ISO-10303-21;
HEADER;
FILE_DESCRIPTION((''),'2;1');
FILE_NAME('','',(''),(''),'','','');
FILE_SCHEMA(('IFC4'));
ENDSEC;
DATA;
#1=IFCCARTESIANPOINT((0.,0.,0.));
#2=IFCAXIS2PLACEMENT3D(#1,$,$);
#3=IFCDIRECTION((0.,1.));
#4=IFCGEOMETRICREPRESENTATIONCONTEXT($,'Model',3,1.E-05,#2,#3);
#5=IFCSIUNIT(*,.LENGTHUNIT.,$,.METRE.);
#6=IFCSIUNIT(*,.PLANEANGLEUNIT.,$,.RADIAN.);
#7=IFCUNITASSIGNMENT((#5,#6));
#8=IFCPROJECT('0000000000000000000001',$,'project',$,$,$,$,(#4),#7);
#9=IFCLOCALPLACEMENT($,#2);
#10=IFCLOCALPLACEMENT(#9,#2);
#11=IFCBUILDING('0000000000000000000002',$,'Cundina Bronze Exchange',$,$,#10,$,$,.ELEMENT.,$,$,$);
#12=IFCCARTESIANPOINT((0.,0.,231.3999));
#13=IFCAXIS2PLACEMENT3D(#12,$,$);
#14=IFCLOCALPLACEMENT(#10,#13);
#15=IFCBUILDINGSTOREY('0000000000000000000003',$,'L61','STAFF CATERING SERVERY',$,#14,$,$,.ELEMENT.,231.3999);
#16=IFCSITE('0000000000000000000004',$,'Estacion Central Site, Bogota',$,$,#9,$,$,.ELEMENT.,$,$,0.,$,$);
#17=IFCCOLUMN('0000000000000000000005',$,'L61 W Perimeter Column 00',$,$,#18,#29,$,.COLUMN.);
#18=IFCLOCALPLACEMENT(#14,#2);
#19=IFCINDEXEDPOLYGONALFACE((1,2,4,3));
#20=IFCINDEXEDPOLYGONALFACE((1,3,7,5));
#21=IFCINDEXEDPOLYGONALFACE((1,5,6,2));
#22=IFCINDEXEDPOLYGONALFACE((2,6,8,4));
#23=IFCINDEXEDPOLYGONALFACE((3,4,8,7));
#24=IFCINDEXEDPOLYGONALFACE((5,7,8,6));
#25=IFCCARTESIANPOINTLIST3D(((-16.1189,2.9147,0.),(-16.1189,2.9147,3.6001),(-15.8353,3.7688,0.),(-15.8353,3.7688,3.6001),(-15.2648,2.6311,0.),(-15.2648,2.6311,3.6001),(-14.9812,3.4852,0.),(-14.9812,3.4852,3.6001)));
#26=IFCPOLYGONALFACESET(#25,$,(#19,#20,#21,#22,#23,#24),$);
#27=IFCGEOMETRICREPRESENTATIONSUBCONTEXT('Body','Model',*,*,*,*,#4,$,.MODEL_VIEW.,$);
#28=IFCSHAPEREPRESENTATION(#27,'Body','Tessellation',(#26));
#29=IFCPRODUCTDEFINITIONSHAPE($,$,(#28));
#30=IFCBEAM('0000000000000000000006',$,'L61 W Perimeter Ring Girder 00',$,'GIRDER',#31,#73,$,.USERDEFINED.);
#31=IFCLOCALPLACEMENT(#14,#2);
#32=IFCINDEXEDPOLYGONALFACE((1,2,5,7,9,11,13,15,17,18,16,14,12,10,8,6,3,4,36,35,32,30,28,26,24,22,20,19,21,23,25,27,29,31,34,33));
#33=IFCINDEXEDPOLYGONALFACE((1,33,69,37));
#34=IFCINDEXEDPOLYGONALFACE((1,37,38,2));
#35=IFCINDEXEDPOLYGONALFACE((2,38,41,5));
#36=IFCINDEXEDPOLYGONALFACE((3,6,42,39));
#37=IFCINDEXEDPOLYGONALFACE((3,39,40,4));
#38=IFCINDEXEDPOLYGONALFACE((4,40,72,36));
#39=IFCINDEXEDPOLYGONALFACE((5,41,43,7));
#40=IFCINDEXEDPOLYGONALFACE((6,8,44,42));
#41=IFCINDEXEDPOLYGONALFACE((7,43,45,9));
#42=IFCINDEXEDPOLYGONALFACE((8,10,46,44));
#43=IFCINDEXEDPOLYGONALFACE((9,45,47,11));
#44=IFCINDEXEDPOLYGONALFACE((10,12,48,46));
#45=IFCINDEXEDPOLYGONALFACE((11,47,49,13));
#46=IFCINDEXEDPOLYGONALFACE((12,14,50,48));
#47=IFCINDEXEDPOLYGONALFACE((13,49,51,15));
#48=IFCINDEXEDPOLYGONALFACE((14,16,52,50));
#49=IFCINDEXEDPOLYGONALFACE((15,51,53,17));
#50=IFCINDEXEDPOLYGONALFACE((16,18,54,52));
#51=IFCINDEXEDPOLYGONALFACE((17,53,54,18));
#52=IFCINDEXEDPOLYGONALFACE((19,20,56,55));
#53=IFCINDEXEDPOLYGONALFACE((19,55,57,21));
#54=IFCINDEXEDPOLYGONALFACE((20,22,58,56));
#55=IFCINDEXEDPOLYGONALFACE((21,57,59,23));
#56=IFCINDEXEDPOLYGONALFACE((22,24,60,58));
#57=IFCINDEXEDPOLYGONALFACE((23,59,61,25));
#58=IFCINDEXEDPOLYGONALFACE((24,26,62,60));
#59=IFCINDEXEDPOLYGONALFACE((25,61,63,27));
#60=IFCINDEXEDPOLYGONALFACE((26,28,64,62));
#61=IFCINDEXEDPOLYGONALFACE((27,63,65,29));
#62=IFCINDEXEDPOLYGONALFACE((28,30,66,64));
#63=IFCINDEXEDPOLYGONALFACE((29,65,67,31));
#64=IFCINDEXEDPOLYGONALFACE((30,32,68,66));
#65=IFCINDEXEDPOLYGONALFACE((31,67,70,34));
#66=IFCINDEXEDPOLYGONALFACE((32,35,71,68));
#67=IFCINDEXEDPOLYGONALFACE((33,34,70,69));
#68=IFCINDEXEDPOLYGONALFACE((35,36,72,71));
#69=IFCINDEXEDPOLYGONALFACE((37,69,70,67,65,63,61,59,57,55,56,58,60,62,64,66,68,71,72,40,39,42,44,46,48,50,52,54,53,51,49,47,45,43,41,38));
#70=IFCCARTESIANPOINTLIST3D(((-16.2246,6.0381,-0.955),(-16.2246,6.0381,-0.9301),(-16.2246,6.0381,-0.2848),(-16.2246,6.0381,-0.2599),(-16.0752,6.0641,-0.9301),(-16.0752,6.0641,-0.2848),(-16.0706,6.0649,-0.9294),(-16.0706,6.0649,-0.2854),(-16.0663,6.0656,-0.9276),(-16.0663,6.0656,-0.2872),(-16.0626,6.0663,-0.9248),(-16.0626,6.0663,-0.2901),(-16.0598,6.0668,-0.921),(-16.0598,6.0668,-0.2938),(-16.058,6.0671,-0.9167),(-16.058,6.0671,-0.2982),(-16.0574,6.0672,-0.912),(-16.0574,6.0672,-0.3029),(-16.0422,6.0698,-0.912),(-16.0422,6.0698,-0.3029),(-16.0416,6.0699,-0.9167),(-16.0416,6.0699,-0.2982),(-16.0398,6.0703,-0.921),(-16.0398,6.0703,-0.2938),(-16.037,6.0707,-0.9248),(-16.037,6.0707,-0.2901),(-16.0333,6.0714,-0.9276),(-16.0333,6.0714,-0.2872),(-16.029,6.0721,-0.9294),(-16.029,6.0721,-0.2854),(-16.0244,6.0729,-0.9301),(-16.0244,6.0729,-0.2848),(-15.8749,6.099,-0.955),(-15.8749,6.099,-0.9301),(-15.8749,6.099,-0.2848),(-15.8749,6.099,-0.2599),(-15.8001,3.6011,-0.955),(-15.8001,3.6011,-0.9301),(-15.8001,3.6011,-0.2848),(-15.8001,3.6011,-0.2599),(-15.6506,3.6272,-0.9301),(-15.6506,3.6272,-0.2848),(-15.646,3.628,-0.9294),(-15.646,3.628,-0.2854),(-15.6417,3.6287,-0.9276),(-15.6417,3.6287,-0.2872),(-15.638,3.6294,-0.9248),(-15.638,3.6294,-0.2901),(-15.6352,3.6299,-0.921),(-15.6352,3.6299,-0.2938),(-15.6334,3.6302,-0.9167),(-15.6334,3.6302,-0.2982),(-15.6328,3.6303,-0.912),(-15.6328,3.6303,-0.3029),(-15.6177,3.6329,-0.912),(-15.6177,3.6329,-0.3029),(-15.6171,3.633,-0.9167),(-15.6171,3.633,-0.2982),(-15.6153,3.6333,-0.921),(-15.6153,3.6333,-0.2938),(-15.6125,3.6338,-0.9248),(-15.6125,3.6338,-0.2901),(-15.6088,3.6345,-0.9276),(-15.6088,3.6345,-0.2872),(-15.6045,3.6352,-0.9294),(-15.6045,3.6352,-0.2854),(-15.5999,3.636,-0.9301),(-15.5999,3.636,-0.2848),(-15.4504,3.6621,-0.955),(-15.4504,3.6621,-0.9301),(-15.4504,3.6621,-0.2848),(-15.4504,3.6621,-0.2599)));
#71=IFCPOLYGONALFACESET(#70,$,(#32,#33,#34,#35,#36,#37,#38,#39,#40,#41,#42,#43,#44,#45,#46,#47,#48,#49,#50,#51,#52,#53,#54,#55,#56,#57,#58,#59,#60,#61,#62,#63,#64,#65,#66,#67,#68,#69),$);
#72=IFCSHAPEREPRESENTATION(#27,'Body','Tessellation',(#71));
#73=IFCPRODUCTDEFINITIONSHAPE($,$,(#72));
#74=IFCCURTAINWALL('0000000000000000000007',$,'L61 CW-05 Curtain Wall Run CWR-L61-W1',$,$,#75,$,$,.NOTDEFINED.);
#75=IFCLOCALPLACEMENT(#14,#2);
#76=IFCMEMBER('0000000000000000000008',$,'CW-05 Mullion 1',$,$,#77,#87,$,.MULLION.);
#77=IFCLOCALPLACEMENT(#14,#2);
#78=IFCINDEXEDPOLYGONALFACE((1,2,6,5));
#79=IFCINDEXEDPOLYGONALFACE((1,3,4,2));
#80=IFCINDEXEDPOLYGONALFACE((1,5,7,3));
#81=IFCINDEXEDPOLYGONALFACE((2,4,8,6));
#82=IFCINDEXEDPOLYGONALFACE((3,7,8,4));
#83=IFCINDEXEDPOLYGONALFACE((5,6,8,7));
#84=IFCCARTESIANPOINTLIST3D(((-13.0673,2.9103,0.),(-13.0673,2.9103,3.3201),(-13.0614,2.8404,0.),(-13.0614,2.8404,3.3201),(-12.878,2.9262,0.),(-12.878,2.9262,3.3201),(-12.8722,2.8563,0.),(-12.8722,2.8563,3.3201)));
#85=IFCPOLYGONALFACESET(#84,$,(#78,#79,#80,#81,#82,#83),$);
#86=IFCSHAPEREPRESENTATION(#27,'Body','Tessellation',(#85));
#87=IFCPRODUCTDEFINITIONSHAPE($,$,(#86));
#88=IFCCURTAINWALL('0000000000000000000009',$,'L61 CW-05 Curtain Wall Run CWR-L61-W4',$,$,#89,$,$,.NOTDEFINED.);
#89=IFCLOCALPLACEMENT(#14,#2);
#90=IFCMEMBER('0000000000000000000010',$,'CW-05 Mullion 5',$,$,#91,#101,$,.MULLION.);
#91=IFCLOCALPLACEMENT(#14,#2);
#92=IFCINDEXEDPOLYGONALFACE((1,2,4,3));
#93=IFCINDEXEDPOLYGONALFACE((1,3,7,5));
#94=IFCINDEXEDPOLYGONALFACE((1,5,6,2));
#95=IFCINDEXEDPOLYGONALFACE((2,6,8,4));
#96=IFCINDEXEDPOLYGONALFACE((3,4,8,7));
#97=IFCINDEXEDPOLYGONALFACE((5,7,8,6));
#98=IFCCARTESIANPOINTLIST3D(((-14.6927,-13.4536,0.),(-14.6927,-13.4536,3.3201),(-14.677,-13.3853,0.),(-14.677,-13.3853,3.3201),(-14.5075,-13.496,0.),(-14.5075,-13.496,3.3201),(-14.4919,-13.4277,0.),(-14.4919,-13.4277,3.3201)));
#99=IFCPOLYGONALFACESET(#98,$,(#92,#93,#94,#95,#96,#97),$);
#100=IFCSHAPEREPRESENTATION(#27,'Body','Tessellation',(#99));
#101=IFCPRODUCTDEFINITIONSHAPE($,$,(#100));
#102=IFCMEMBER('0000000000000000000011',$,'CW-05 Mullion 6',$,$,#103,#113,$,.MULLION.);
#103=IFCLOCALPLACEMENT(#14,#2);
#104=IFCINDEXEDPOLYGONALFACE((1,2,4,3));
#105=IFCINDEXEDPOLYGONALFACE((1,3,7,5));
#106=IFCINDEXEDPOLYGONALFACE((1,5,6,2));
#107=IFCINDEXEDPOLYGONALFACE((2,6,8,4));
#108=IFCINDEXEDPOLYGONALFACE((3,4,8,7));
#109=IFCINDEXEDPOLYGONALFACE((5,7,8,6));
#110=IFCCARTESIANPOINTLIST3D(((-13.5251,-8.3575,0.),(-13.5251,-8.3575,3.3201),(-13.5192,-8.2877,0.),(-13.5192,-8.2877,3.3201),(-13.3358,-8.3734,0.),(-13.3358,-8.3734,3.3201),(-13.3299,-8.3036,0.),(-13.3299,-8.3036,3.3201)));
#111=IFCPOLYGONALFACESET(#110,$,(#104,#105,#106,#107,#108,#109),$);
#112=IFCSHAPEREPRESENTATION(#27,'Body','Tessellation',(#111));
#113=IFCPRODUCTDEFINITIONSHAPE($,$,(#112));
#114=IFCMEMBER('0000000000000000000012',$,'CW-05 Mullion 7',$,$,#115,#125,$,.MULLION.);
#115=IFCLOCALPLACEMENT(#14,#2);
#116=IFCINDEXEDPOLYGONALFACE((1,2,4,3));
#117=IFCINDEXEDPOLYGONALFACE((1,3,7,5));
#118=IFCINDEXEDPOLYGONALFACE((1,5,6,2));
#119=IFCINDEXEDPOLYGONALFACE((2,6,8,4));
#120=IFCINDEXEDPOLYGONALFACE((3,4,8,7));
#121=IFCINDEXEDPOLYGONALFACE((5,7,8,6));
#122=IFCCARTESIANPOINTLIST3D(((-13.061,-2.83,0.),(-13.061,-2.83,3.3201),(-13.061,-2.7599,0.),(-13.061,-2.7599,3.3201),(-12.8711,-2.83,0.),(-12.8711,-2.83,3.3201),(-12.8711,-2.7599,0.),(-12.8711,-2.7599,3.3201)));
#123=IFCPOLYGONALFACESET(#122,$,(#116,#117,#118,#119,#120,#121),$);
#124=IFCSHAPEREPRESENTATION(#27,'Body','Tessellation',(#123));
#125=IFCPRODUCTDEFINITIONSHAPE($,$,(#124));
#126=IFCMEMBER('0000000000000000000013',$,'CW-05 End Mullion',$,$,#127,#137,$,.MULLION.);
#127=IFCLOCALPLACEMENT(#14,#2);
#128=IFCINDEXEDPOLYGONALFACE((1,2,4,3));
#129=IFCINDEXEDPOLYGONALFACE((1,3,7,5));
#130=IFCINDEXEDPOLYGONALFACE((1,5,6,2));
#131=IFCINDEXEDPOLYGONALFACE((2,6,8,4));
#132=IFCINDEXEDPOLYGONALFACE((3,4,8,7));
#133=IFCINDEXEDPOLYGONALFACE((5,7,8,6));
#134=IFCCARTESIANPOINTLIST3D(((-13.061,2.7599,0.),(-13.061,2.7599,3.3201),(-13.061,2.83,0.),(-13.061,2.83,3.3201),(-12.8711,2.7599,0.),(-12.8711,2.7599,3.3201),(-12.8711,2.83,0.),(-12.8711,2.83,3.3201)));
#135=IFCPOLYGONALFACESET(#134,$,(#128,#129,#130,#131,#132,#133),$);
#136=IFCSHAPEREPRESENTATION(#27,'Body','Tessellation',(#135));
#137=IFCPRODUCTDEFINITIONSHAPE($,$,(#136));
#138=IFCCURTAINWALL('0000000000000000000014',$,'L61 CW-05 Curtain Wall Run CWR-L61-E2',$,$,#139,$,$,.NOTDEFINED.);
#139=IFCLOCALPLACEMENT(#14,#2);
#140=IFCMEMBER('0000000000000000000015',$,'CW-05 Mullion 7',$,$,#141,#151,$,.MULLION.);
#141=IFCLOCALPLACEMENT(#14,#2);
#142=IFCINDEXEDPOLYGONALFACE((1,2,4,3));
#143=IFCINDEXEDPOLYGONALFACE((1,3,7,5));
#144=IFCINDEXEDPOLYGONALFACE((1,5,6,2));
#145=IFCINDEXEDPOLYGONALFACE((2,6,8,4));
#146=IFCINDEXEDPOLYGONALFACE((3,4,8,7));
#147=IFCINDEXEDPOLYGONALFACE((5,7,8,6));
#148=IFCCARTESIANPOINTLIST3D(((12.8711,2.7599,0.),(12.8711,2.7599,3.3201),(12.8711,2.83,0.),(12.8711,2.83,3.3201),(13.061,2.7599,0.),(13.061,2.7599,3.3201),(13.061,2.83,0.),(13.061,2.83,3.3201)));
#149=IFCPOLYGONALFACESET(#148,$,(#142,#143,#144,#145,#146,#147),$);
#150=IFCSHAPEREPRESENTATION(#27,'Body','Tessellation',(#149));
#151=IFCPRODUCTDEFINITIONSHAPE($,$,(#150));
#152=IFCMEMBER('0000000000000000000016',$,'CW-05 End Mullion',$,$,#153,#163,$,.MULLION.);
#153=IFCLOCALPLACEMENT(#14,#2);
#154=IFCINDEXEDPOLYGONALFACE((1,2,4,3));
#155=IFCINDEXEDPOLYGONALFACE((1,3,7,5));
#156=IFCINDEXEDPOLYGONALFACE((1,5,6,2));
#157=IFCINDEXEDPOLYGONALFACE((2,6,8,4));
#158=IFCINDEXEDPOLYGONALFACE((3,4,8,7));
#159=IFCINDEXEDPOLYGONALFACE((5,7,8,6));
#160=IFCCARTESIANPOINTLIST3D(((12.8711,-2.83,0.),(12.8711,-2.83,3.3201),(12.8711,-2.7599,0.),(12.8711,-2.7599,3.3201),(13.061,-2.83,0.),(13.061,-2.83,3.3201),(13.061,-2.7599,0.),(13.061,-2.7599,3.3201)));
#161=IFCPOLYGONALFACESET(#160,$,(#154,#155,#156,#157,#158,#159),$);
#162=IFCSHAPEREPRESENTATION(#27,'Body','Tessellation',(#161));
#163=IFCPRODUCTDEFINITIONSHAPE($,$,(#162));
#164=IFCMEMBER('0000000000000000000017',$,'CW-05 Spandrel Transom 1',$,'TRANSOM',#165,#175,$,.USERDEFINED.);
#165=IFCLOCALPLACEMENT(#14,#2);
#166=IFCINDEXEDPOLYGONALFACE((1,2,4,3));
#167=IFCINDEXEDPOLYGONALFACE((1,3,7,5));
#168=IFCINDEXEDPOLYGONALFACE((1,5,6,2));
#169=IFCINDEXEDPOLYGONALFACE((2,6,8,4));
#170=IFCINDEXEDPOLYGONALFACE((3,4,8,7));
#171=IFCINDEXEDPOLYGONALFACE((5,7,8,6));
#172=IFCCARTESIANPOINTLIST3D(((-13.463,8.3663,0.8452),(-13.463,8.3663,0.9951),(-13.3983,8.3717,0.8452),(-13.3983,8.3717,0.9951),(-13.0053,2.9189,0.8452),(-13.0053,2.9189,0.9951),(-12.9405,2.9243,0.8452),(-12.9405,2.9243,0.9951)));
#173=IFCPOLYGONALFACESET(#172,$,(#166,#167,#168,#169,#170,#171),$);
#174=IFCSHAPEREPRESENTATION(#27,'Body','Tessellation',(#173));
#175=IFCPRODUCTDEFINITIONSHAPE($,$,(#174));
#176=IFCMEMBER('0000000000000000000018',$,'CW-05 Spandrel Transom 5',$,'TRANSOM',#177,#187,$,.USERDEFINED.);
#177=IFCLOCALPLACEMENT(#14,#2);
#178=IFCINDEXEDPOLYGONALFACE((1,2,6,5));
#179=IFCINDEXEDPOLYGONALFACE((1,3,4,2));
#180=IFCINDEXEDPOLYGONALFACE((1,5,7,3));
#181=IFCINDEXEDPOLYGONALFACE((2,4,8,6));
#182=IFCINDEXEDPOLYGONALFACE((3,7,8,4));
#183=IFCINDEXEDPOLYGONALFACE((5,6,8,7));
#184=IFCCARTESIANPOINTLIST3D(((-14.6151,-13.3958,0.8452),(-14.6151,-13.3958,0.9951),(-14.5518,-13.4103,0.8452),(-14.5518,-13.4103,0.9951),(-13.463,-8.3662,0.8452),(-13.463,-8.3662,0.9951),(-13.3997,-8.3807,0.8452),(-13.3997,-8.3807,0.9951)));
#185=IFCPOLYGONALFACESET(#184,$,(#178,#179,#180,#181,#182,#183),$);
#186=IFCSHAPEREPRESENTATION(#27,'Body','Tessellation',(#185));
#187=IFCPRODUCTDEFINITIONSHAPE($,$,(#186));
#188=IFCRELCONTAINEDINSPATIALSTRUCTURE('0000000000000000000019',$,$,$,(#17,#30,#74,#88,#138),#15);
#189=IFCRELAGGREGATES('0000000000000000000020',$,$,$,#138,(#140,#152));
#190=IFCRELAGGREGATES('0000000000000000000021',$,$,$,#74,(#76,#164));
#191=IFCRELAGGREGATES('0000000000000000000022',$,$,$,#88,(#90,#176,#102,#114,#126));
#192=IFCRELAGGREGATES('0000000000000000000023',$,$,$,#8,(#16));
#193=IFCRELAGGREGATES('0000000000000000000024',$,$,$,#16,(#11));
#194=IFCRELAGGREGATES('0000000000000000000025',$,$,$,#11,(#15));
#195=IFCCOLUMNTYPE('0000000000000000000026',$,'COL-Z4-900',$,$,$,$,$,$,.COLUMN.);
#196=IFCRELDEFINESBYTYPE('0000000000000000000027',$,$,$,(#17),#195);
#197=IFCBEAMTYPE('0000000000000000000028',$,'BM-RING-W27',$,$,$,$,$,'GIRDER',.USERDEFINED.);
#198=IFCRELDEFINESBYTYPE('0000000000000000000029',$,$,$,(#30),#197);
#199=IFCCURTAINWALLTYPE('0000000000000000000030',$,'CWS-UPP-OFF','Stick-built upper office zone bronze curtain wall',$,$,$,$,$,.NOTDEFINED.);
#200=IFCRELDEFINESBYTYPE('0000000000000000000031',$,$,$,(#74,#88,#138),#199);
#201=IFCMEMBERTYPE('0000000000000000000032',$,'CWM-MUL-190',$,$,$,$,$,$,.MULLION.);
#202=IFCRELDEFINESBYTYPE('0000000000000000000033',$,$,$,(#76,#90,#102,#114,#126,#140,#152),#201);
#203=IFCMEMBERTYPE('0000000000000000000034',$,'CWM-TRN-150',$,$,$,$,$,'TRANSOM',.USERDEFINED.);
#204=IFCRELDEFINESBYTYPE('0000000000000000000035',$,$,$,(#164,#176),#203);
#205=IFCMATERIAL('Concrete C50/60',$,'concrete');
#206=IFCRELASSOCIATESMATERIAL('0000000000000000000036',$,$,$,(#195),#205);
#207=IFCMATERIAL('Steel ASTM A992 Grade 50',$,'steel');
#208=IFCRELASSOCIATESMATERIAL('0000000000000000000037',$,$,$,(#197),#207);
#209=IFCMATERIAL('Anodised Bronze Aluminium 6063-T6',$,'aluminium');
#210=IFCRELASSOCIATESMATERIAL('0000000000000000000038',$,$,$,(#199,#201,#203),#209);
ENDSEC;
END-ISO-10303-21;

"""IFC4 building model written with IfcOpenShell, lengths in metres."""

from ifc_helpers import new_model, si_unit, direction, frame, origin, origin_2d, place, context, subcontext, project, spatial, rectangle, i_section, extrude, material, material_profile, profile_set, type_object, element, aggregate, save


model = new_model("IFC4")

# Units and contexts
model_context = context("Model", 3, precision=1e-05, world=origin(), true_north=direction((0.0, 1.0)))
body_context = subcontext(model_context, "Body", "Model", "MODEL_VIEW")
ifc_project = project(units=[si_unit("LENGTHUNIT", "METRE"), si_unit("PLANEANGLEUNIT", "RADIAN")], contexts=[model_context])

# Site, building, storey
site_placement = place(None, origin())
site = spatial("IfcSite", under=ifc_project, at=site_placement, Name="Estacion Central Site, Bogota", CompositionType="ELEMENT", RefElevation=0.0)
building_placement = place(site_placement, origin())
building = spatial("IfcBuilding", under=site, at=building_placement, Name="Cundina Bronze Exchange", CompositionType="ELEMENT")
storey_placement = place(building_placement, frame((0.0, 0.0, 231.3999)))
storey = spatial("IfcBuildingStorey", under=building, at=storey_placement, Name="L61", Description="STAFF CATERING SERVERY", CompositionType="ELEMENT", Elevation=231.3999)

# Column
ifc_material_1 = material(Name="Concrete C50/60", Category="concrete")
ifc_material_profile_1 = material_profile(ifc_material_1, rectangle(XDim=0.8999, YDim=0.8999, at=origin_2d()), Name="RC900X900", Category="concrete")
ifc_profile_set_1 = profile_set([ifc_material_profile_1], Name="Concrete C50/60")
column_type = type_object("IfcColumnType", Name="COL-Z4-900", PredefinedType="COLUMN", material=ifc_profile_set_1)
column_placement = place(storey_placement, frame((-15.55, 3.2, 0.0), z_axis=(0.0, 0.0, 1.0), x_axis=(0.315152, 0.949041, 0.0)))
element("IfcColumn", 1, at=column_placement, inside=storey, type_object=column_type, Name="L61 W Perimeter Column 00", PredefinedType="COLUMN", context=body_context, shape_type="SweptSolid", body=[
    extrude(rectangle(XDim=0.8999, YDim=0.8999, at=origin_2d()), origin(), (0.0, 0.0, 1.0), 3.6001),
])

# Beam
ifc_material_2 = material(Name="Steel ASTM A992 Grade 50", Category="steel")
ifc_material_profile_2 = material_profile(ifc_material_2, i_section(OverallWidth=0.355, OverallDepth=0.6951, WebThickness=0.0154, FlangeThickness=0.0249, FilletRadius=0.0181, at=origin_2d()), Name="W27X146", Category="steel")
ifc_profile_set_2 = profile_set([ifc_material_profile_2], Name="Steel ASTM A992 Grade 50")
beam_type = type_object("IfcBeamType", Name="BM-RING-W27", ElementType="GIRDER", PredefinedType="USERDEFINED", material=ifc_profile_set_2)
beam_placement = place(storey_placement, frame((-15.6252, 3.6316, -0.6074), z_axis=(-0.171629, 0.985162, 0.0), x_axis=(-0.985162, -0.171629, 0.0)))
element("IfcBeam", 2, at=beam_placement, inside=storey, type_object=beam_type, Name="L61 W Perimeter Ring Girder 00", ObjectType="GIRDER", PredefinedType="USERDEFINED", context=body_context, shape_type="SweptSolid", body=[
    extrude(i_section(OverallWidth=0.355, OverallDepth=0.6951, WebThickness=0.0154, FlangeThickness=0.0249, FilletRadius=0.0181, at=origin_2d()), origin(), (0.0, 0.0, 1.0), 2.4736),
])

# Curtain wall, member
ifc_material_3 = material(Name="Anodised Bronze Aluminium 6063-T6", Category="aluminium")
curtain_wall_type = type_object("IfcCurtainWallType", Name="CWS-UPP-OFF", Description="Stick-built upper office zone bronze curtain wall", PredefinedType="NOTDEFINED", material=ifc_material_3)
curtain_wall_1_placement = place(storey_placement, origin())
curtain_wall_1 = element("IfcCurtainWall", 3, at=curtain_wall_1_placement, inside=storey, type_object=curtain_wall_type, Name="L61 CW-05 Curtain Wall Run CWR-L61-W1", PredefinedType="NOTDEFINED")
ifc_material_profile_3 = material_profile(ifc_material_3, rectangle(XDim=0.0701, YDim=0.1899, at=origin_2d()), Name="AL70X190", Category="aluminium")
ifc_profile_set_3 = profile_set([ifc_material_profile_3], Name="Anodised Bronze Aluminium 6063-T6")
member_type_1 = type_object("IfcMemberType", Name="CWM-MUL-190", PredefinedType="MULLION", material=ifc_profile_set_3)
member_1_placement = place(storey_placement, frame((-12.9697, 2.8833, 0.0), z_axis=(0.0, 0.0, 1.0), x_axis=(-0.083678, 0.996493, 0.0)))
member_1 = element("IfcMember", 4, at=member_1_placement, type_object=member_type_1, Name="CW-05 Mullion 1", PredefinedType="MULLION", context=body_context, shape_type="SweptSolid", body=[
    extrude(rectangle(XDim=0.0701, YDim=0.1899, at=origin_2d()), origin(), (0.0, 0.0, 1.0), 3.3201),
])

# Curtain walls, members
curtain_wall_2_placement = place(storey_placement, origin())
curtain_wall_2 = element("IfcCurtainWall", 5, at=curtain_wall_2_placement, inside=storey, type_object=curtain_wall_type, Name="L61 CW-05 Curtain Wall Run CWR-L61-W4", PredefinedType="NOTDEFINED")
member_2_placement = place(storey_placement, frame((-14.5923, -13.4407, 0.0), z_axis=(0.0, 0.0, 1.0), x_axis=(0.22325, 0.974761, 0.0)))
member_2 = element("IfcMember", 6, at=member_2_placement, type_object=member_type_1, Name="CW-05 Mullion 5", PredefinedType="MULLION", context=body_context, shape_type="SweptSolid", body=[
    extrude(rectangle(XDim=0.0701, YDim=0.1899, at=origin_2d()), origin(), (0.0, 0.0, 1.0), 3.3201),
])
member_3_placement = place(storey_placement, frame((-13.4275, -8.3306, 0.0), z_axis=(0.0, 0.0, 1.0), x_axis=(0.083678, 0.996493, 0.0)))
member_3 = element("IfcMember", 7, at=member_3_placement, type_object=member_type_1, Name="CW-05 Mullion 6", PredefinedType="MULLION", context=body_context, shape_type="SweptSolid", body=[
    extrude(rectangle(XDim=0.0701, YDim=0.1899, at=origin_2d()), origin(), (0.0, 0.0, 1.0), 3.3201),
])
member_4_placement = place(storey_placement, frame((-12.9661, -2.7949, 0.0), z_axis=(0.0, 0.0, 1.0), x_axis=(0.0, 1.0, 0.0)))
member_4 = element("IfcMember", 8, at=member_4_placement, type_object=member_type_1, Name="CW-05 Mullion 7", PredefinedType="MULLION", context=body_context, shape_type="SweptSolid", body=[
    extrude(rectangle(XDim=0.0701, YDim=0.1899, at=origin_2d()), origin(), (0.0, 0.0, 1.0), 3.3201),
])
member_5_placement = place(storey_placement, frame((-12.9661, 2.7949, 0.0), z_axis=(0.0, 0.0, 1.0), x_axis=(0.0, 1.0, 0.0)))
member_5 = element("IfcMember", 9, at=member_5_placement, type_object=member_type_1, Name="CW-05 End Mullion", PredefinedType="MULLION", context=body_context, shape_type="SweptSolid", body=[
    extrude(rectangle(XDim=0.0701, YDim=0.1899, at=origin_2d()), origin(), (0.0, 0.0, 1.0), 3.3201),
])
curtain_wall_3_placement = place(storey_placement, origin())
curtain_wall_3 = element("IfcCurtainWall", 10, at=curtain_wall_3_placement, inside=storey, type_object=curtain_wall_type, Name="L61 CW-05 Curtain Wall Run CWR-L61-E2", PredefinedType="NOTDEFINED")
member_6_placement = place(storey_placement, frame((12.9661, 2.7949, 0.0), z_axis=(0.0, 0.0, 1.0), x_axis=(0.0, -1.0, 0.0)))
member_6 = element("IfcMember", 11, at=member_6_placement, type_object=member_type_1, Name="CW-05 Mullion 7", PredefinedType="MULLION", context=body_context, shape_type="SweptSolid", body=[
    extrude(rectangle(XDim=0.0701, YDim=0.1899, at=origin_2d()), origin(), (0.0, 0.0, 1.0), 3.3201),
])
member_7_placement = place(storey_placement, frame((12.9661, -2.7949, 0.0), z_axis=(0.0, 0.0, 1.0), x_axis=(0.0, -1.0, 0.0)))
member_7 = element("IfcMember", 12, at=member_7_placement, type_object=member_type_1, Name="CW-05 End Mullion", PredefinedType="MULLION", context=body_context, shape_type="SweptSolid", body=[
    extrude(rectangle(XDim=0.0701, YDim=0.1899, at=origin_2d()), origin(), (0.0, 0.0, 1.0), 3.3201),
])

# Members
ifc_material_profile_4 = material_profile(ifc_material_3, rectangle(XDim=0.0649, YDim=0.1499, at=origin_2d()), Name="AL65X150", Category="aluminium")
ifc_profile_set_4 = profile_set([ifc_material_profile_4], Name="Anodised Bronze Aluminium 6063-T6")
member_type_2 = type_object("IfcMemberType", Name="CWM-TRN-150", ElementType="TRANSOM", PredefinedType="USERDEFINED", material=ifc_profile_set_4)
member_8_placement = place(storey_placement, frame((-12.9729, 2.9216, 0.9202), z_axis=(-0.08374, 0.996488, 0.0), x_axis=(-0.996488, -0.08374, 0.0)))
member_8 = element("IfcMember", 13, at=member_8_placement, type_object=member_type_2, Name="CW-05 Spandrel Transom 1", ObjectType="TRANSOM", PredefinedType="USERDEFINED", context=body_context, shape_type="SweptSolid", body=[
    extrude(rectangle(XDim=0.0649, YDim=0.1499, at=origin_2d()), origin(), (0.0, 0.0, 1.0), 5.4666),
])
member_9_placement = place(storey_placement, frame((-14.5835, -13.4031, 0.9202), z_axis=(0.223283, 0.974754, 0.0), x_axis=(-0.974754, 0.223283, 0.0)))
member_9 = element("IfcMember", 14, at=member_9_placement, type_object=member_type_2, Name="CW-05 Spandrel Transom 5", ObjectType="TRANSOM", PredefinedType="USERDEFINED", context=body_context, shape_type="SweptSolid", body=[
    extrude(rectangle(XDim=0.0649, YDim=0.1499, at=origin_2d()), origin(), (0.0, 0.0, 1.0), 5.1599),
])
aggregate(curtain_wall_3, [member_6, member_7])

aggregate(curtain_wall_1, [member_1, member_8])
aggregate(curtain_wall_2, [member_2, member_9, member_3, member_4, member_5])

save(model, "model.ifc")
